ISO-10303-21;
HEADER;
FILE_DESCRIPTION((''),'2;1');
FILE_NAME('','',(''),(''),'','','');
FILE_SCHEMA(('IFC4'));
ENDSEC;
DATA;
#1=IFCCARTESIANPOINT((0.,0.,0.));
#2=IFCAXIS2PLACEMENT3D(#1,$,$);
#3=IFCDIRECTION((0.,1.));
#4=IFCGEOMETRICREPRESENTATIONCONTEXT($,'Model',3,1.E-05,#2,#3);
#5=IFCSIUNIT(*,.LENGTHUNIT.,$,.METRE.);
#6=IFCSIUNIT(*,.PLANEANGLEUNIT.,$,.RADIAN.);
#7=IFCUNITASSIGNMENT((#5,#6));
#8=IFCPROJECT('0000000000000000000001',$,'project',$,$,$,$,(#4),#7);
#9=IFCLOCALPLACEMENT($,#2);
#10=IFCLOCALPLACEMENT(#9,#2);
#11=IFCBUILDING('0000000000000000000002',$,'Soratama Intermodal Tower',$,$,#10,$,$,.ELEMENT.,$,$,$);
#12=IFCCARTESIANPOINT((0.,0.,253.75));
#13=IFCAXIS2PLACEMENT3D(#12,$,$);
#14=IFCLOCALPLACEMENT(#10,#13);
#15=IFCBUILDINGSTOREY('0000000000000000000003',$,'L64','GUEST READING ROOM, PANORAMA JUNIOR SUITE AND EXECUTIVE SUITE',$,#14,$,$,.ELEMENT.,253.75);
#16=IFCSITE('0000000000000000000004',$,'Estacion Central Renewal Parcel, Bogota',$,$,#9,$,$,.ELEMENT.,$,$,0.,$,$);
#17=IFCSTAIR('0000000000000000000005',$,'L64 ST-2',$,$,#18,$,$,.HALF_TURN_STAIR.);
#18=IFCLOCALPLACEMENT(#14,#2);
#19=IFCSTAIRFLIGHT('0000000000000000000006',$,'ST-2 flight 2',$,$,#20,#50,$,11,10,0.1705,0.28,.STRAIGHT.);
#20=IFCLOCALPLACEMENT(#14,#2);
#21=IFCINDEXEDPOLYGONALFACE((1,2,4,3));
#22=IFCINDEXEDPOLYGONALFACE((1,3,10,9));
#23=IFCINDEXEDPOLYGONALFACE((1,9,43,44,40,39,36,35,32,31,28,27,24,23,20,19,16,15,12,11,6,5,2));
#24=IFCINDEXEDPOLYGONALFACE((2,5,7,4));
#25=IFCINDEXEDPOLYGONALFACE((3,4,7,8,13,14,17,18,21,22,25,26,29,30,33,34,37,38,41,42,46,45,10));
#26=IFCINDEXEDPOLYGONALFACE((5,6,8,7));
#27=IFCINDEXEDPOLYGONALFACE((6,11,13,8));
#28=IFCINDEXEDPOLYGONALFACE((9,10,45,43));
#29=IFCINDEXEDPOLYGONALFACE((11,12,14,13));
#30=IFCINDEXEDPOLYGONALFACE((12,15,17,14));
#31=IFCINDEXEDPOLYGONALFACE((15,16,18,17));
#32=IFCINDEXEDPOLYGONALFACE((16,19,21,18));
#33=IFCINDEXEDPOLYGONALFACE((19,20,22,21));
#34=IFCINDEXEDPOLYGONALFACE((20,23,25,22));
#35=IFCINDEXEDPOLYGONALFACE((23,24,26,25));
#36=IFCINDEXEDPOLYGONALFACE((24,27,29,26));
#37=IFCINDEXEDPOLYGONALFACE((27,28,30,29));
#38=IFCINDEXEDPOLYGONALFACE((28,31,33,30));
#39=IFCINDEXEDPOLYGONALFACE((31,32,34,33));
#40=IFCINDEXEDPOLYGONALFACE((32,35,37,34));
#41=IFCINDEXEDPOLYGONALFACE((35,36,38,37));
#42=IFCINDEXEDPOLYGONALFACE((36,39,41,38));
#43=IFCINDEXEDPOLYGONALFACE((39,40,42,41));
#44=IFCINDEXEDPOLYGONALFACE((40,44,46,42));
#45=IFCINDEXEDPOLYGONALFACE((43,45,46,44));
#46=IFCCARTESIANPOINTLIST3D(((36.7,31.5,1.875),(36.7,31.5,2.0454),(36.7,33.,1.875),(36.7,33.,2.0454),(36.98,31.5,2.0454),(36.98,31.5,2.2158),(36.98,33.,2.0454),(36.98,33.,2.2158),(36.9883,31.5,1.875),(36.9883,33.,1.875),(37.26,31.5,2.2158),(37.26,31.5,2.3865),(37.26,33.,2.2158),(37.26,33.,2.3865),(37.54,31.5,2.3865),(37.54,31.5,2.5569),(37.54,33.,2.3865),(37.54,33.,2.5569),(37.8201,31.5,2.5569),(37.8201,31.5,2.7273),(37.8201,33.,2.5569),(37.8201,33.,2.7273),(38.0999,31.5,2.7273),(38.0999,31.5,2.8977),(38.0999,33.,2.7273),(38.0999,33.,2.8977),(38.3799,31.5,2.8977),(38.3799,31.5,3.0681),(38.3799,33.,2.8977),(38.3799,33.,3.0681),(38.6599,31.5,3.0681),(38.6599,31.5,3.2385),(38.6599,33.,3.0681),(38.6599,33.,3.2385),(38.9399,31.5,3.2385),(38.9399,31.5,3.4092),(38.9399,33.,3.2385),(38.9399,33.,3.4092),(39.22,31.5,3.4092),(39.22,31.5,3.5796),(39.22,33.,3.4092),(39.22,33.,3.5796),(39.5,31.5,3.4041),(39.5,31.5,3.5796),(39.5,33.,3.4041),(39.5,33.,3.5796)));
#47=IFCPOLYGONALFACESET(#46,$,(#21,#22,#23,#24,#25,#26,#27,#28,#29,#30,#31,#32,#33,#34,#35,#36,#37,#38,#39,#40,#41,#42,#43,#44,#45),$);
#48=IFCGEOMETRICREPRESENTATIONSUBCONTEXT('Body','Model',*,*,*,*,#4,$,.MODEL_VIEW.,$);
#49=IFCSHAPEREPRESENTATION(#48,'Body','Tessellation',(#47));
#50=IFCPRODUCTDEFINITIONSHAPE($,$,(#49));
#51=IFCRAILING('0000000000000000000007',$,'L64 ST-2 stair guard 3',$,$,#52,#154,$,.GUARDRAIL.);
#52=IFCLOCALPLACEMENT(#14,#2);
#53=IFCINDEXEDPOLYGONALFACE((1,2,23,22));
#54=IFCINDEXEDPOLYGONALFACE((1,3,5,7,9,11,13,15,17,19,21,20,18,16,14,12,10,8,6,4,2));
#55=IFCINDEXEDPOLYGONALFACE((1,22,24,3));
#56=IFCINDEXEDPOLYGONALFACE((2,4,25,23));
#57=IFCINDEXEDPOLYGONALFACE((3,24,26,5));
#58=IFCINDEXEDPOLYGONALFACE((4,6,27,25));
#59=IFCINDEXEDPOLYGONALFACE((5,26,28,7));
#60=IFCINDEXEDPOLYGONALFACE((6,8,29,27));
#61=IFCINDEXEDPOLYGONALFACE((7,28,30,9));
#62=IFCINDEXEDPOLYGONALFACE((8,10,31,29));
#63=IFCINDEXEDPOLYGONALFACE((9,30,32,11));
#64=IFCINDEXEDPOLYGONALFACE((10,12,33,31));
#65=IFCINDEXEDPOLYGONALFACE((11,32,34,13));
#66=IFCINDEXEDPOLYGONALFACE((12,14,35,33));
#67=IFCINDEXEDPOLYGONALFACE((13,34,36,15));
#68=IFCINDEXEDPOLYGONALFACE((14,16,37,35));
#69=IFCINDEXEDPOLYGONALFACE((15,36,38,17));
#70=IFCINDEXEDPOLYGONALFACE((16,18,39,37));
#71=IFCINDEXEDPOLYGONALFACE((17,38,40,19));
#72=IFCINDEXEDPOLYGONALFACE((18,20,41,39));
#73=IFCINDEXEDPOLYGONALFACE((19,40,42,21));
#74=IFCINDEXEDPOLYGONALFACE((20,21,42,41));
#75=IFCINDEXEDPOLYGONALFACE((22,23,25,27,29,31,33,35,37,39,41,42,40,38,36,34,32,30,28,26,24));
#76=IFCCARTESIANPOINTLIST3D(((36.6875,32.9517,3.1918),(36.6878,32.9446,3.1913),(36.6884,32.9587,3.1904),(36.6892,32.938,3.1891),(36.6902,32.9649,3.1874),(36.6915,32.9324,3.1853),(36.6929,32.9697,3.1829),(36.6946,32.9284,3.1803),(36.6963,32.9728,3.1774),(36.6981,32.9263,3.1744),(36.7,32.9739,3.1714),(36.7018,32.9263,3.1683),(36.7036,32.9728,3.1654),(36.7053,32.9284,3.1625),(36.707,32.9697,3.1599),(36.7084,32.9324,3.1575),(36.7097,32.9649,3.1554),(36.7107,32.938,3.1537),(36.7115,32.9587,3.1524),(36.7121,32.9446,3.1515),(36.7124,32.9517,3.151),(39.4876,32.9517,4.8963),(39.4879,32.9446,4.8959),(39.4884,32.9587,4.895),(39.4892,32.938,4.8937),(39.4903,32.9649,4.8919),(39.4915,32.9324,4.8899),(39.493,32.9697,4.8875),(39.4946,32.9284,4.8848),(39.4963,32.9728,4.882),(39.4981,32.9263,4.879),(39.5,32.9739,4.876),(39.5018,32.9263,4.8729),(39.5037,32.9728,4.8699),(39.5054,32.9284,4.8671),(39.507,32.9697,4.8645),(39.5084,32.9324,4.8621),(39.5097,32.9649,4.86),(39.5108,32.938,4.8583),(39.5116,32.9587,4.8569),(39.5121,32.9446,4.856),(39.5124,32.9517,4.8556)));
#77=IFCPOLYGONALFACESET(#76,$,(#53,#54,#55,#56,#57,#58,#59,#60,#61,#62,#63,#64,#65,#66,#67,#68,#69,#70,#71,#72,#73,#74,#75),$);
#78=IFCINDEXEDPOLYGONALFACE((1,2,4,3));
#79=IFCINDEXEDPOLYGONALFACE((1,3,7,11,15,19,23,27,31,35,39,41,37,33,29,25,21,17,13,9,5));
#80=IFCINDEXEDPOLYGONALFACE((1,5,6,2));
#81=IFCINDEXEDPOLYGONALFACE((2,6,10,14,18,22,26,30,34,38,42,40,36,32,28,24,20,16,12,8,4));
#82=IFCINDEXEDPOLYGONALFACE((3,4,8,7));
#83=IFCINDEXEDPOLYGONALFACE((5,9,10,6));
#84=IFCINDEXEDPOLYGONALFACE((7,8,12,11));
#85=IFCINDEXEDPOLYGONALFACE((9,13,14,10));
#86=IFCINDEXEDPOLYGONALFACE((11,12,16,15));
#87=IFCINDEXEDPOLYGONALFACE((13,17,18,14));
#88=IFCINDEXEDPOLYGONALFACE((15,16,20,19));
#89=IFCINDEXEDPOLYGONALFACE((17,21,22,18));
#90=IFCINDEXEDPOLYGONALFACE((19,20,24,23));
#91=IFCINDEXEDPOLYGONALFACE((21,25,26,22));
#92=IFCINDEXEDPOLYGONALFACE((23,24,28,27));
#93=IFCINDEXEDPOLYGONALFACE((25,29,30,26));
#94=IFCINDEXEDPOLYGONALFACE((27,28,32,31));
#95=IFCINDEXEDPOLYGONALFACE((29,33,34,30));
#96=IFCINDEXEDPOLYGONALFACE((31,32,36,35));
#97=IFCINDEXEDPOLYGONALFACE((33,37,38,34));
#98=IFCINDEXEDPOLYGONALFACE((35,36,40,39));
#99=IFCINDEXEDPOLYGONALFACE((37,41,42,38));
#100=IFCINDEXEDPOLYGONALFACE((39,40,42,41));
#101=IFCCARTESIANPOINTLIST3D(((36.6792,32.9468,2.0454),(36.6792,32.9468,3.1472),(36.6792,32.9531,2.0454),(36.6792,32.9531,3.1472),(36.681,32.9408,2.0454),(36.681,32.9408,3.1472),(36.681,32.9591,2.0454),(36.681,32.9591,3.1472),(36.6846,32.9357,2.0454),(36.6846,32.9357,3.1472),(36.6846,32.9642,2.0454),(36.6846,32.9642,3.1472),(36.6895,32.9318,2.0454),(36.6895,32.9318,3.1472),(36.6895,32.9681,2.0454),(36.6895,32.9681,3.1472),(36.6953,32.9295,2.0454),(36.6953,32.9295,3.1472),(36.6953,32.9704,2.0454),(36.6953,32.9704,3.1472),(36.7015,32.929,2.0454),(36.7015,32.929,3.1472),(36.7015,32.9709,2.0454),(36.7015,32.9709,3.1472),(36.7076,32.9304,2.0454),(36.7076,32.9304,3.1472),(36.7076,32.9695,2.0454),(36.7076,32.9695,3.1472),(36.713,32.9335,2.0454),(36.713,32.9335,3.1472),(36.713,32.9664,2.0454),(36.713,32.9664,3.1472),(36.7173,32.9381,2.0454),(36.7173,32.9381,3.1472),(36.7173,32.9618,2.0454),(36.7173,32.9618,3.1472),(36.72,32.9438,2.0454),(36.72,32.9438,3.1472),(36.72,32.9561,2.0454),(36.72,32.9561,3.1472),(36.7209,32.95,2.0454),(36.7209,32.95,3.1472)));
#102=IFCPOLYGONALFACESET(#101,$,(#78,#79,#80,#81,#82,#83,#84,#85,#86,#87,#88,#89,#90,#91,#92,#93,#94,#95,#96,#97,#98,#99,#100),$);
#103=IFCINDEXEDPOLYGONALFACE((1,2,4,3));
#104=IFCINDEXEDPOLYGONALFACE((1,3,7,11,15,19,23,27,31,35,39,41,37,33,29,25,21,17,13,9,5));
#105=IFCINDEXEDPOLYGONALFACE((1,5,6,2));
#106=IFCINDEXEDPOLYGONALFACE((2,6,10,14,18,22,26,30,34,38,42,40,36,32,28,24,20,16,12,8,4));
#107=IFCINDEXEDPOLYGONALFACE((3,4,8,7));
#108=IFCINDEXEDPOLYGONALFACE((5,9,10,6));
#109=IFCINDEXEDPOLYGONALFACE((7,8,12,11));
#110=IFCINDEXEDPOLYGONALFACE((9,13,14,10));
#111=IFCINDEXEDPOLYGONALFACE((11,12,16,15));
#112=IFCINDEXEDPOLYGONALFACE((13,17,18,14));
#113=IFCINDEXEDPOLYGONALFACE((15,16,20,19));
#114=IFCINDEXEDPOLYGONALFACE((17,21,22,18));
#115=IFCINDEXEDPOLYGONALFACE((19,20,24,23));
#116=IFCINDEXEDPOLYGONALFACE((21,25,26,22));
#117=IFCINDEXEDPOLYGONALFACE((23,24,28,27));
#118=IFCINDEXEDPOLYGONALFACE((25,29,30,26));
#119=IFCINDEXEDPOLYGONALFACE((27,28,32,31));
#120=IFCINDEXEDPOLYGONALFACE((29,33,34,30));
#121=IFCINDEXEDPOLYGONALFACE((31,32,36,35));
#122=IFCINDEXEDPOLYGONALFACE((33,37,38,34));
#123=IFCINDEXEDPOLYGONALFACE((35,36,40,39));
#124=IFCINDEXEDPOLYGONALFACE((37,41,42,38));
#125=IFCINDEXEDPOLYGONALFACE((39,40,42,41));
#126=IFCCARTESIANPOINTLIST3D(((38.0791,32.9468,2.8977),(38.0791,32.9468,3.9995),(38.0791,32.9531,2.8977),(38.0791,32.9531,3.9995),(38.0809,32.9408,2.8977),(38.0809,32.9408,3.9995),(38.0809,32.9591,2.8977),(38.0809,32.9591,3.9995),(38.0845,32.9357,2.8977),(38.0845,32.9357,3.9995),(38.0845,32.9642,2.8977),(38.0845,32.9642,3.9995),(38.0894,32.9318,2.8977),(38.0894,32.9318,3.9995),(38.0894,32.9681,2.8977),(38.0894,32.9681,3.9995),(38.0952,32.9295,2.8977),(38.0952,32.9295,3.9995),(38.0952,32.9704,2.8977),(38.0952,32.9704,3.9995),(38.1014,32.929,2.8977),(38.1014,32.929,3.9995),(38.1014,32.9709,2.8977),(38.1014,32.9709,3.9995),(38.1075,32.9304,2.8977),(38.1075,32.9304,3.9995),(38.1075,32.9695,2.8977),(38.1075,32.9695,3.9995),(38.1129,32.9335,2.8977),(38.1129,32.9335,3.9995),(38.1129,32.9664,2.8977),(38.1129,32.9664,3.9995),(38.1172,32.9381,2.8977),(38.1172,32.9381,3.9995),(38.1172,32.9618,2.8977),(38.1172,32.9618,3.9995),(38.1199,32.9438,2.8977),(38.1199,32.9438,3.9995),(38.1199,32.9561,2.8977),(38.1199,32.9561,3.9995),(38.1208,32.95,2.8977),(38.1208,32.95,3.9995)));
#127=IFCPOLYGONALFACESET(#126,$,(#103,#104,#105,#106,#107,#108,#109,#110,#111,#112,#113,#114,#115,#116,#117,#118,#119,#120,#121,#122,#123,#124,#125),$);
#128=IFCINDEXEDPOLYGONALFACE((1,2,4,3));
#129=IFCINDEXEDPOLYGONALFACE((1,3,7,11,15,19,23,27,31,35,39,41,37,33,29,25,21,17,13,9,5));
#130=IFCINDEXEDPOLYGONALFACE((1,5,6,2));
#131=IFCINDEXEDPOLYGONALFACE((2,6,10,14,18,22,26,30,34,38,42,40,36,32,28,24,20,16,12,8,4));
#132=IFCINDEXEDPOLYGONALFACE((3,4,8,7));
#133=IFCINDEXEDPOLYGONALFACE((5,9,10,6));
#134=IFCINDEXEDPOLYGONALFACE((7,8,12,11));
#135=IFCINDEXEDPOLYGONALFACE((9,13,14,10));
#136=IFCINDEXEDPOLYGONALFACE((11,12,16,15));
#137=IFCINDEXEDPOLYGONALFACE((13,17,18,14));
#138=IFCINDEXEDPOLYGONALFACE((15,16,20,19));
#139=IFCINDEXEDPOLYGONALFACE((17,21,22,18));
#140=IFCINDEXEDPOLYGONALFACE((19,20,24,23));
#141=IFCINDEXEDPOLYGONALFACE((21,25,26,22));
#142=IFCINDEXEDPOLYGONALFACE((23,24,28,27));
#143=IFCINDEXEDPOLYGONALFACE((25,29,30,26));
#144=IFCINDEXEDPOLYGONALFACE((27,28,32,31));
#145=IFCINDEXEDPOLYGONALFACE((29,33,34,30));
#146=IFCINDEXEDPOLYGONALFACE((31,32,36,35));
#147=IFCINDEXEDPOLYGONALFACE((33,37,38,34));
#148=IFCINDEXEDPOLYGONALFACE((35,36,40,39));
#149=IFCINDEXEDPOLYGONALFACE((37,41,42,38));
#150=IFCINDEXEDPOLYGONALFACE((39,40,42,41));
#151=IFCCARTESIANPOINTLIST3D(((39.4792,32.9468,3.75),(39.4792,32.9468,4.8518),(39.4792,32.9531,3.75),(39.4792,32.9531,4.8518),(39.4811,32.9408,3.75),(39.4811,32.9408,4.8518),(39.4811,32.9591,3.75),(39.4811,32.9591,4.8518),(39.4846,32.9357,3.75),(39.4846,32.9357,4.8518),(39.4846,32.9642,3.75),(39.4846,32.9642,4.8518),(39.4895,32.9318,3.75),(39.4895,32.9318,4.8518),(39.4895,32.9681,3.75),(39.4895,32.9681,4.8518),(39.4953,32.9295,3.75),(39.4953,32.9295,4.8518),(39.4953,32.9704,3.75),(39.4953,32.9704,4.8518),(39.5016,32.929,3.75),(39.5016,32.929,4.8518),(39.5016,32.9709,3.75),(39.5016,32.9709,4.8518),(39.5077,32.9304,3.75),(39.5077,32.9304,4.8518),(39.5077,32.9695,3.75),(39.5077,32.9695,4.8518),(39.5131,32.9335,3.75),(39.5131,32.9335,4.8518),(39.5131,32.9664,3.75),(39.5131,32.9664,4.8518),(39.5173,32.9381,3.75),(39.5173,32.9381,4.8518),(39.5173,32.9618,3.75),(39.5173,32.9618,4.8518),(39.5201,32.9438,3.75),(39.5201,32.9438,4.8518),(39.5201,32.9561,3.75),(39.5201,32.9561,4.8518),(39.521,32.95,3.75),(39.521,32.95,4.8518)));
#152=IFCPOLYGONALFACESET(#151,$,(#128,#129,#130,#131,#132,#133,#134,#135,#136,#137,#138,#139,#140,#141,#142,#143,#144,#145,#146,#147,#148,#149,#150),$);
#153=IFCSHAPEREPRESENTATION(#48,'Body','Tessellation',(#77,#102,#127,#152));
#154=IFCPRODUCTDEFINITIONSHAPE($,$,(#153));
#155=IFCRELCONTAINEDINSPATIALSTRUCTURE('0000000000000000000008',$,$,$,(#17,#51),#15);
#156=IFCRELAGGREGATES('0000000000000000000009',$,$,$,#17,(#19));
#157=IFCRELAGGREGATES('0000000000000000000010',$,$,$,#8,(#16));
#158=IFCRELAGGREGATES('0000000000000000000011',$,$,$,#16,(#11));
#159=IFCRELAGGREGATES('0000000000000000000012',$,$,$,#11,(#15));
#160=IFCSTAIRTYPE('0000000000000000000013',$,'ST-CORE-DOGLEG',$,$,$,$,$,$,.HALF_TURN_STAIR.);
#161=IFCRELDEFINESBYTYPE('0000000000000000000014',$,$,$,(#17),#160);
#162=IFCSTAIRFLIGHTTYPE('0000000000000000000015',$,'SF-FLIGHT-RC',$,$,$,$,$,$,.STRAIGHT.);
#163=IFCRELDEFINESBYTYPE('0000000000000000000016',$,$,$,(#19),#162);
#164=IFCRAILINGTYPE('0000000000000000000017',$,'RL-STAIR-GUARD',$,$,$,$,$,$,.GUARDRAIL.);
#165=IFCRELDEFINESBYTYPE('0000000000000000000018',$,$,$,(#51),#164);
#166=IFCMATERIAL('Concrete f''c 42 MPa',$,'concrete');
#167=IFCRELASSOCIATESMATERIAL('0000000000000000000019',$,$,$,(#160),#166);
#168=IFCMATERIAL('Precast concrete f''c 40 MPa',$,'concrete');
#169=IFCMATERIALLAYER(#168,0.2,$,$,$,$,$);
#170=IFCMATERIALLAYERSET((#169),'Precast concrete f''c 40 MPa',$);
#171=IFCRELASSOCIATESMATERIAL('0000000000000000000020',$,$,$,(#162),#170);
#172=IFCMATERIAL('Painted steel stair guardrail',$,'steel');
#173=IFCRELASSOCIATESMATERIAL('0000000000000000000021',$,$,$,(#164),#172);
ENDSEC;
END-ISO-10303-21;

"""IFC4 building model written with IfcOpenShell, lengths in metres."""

from ifc_helpers import new_model, si_unit, direction, frame, origin, origin_2d, place, context, subcontext, project, spatial, polyline, circle, outline, extrude, material, layer, layer_set, type_object, element, aggregate, save


model = new_model("IFC4")

# Units and contexts
model_context = context("Model", 3, precision=1e-05, world=origin(), true_north=direction((0.0, 1.0)))
body_context = subcontext(model_context, "Body", "Model", "MODEL_VIEW")
ifc_project = project(units=[si_unit("LENGTHUNIT", "METRE"), si_unit("PLANEANGLEUNIT", "RADIAN")], contexts=[model_context])

# Site, building, storey
site_placement = place(None, origin())
site = spatial("IfcSite", under=ifc_project, at=site_placement, Name="Estacion Central Renewal Parcel, Bogota", CompositionType="ELEMENT", RefElevation=0.0)
building_placement = place(site_placement, origin())
building = spatial("IfcBuilding", under=site, at=building_placement, Name="Soratama Intermodal Tower", CompositionType="ELEMENT")
storey_placement = place(building_placement, frame((0.0, 0.0, 253.75)))
storey = spatial("IfcBuildingStorey", under=building, at=storey_placement, Name="L64", Description="GUEST READING ROOM, PANORAMA JUNIOR SUITE AND EXECUTIVE SUITE", CompositionType="ELEMENT", Elevation=253.75)

# Stair, stair flight
ifc_material_1 = material(Name="Concrete f'c 42 MPa", Category="concrete")
stair_type = type_object("IfcStairType", Name="ST-CORE-DOGLEG", PredefinedType="HALF_TURN_STAIR", material=ifc_material_1)
stair_placement = place(storey_placement, origin())
stair = element("IfcStair", 1, at=stair_placement, inside=storey, type_object=stair_type, Name="L64 ST-2", PredefinedType="HALF_TURN_STAIR")
ifc_material_2 = material(Name="Precast concrete f'c 40 MPa", Category="concrete")
ifc_layer_1 = layer(ifc_material_2, 0.2)
ifc_layer_set_1 = layer_set([ifc_layer_1], Name="Precast concrete f'c 40 MPa")
stair_flight_type = type_object("IfcStairFlightType", Name="SF-FLIGHT-RC", PredefinedType="STRAIGHT", material=ifc_layer_set_1)
stair_flight_placement = place(storey_placement, frame((36.7, 32.25, 1.875), z_axis=(0.0, 0.0, 1.0), x_axis=(1.0, 0.0, 0.0)))
stair_flight = element("IfcStairFlight", 2, at=stair_flight_placement, type_object=stair_flight_type, Name="ST-2 flight 2", NumberOfRisers=11, NumberOfTreads=10, PredefinedType="STRAIGHT", RiserHeight=0.1705, TreadLength=0.28, context=body_context, shape_type="SweptSolid", body=[
    extrude(outline(polyline([(0.0, 0.0), (0.0, 0.1704), (0.28, 0.1704), (0.28, 0.3408), (0.5601, 0.3408), (0.5601, 0.5115), (0.8401, 0.5115), (0.8401, 0.6819), (1.1201, 0.6819), (1.1201, 0.8523), (1.3999, 0.8523), (1.3999, 1.0227), (1.6799, 1.0227), (1.6799, 1.1931), (1.96, 1.1931), (1.96, 1.3635), (2.24, 1.3635), (2.24, 1.5342), (2.52, 1.5342), (2.52, 1.7046), (2.8, 1.7046), (2.8, 1.875), (2.8, 1.5291), (0.2883, 0.0), (0.0, 0.0)])), frame((0.0, 0.75, 0.0), z_axis=(0.0, -1.0, 0.0), x_axis=(1.0, 0.0, 0.0)), (0.0, 0.0, 1.0), 1.5),
])
aggregate(stair, [stair_flight])

# Railing
ifc_material_3 = material(Name="Painted steel stair guardrail", Category="steel")
railing_type_1 = type_object("IfcRailingType", Name="RL-STAIR-GUARD", PredefinedType="GUARDRAIL", material=ifc_material_3)
railing_1_placement = place(storey_placement, frame((36.7, 32.95, 2.0454)))
element("IfcRailing", 3, at=railing_1_placement, inside=storey, type_object=railing_type_1, Name="L64 ST-2 stair guard 3", PredefinedType="GUARDRAIL", context=body_context, shape_type="SweptSolid", body=[
    extrude(circle(Radius=0.0239, at=origin_2d()), frame((0.0, 0.0, 1.126), z_axis=(0.85417, 0.0, 0.519994), x_axis=(0.0, 1.0, 0.0)), (0.0, 0.0, 1.0), 3.2781),
    extrude(circle(Radius=0.021, at=origin_2d()), origin(), (0.0, 0.0, 1.0), 1.1018),
    extrude(circle(Radius=0.021, at=origin_2d()), frame((1.3999, 0.0, 0.8523)), (0.0, 0.0, 1.0), 1.1018),
    extrude(circle(Radius=0.021, at=origin_2d()), frame((2.8, 0.0, 1.7046)), (0.0, 0.0, 1.0), 1.1018),
])

save(model, "model.ifc")
